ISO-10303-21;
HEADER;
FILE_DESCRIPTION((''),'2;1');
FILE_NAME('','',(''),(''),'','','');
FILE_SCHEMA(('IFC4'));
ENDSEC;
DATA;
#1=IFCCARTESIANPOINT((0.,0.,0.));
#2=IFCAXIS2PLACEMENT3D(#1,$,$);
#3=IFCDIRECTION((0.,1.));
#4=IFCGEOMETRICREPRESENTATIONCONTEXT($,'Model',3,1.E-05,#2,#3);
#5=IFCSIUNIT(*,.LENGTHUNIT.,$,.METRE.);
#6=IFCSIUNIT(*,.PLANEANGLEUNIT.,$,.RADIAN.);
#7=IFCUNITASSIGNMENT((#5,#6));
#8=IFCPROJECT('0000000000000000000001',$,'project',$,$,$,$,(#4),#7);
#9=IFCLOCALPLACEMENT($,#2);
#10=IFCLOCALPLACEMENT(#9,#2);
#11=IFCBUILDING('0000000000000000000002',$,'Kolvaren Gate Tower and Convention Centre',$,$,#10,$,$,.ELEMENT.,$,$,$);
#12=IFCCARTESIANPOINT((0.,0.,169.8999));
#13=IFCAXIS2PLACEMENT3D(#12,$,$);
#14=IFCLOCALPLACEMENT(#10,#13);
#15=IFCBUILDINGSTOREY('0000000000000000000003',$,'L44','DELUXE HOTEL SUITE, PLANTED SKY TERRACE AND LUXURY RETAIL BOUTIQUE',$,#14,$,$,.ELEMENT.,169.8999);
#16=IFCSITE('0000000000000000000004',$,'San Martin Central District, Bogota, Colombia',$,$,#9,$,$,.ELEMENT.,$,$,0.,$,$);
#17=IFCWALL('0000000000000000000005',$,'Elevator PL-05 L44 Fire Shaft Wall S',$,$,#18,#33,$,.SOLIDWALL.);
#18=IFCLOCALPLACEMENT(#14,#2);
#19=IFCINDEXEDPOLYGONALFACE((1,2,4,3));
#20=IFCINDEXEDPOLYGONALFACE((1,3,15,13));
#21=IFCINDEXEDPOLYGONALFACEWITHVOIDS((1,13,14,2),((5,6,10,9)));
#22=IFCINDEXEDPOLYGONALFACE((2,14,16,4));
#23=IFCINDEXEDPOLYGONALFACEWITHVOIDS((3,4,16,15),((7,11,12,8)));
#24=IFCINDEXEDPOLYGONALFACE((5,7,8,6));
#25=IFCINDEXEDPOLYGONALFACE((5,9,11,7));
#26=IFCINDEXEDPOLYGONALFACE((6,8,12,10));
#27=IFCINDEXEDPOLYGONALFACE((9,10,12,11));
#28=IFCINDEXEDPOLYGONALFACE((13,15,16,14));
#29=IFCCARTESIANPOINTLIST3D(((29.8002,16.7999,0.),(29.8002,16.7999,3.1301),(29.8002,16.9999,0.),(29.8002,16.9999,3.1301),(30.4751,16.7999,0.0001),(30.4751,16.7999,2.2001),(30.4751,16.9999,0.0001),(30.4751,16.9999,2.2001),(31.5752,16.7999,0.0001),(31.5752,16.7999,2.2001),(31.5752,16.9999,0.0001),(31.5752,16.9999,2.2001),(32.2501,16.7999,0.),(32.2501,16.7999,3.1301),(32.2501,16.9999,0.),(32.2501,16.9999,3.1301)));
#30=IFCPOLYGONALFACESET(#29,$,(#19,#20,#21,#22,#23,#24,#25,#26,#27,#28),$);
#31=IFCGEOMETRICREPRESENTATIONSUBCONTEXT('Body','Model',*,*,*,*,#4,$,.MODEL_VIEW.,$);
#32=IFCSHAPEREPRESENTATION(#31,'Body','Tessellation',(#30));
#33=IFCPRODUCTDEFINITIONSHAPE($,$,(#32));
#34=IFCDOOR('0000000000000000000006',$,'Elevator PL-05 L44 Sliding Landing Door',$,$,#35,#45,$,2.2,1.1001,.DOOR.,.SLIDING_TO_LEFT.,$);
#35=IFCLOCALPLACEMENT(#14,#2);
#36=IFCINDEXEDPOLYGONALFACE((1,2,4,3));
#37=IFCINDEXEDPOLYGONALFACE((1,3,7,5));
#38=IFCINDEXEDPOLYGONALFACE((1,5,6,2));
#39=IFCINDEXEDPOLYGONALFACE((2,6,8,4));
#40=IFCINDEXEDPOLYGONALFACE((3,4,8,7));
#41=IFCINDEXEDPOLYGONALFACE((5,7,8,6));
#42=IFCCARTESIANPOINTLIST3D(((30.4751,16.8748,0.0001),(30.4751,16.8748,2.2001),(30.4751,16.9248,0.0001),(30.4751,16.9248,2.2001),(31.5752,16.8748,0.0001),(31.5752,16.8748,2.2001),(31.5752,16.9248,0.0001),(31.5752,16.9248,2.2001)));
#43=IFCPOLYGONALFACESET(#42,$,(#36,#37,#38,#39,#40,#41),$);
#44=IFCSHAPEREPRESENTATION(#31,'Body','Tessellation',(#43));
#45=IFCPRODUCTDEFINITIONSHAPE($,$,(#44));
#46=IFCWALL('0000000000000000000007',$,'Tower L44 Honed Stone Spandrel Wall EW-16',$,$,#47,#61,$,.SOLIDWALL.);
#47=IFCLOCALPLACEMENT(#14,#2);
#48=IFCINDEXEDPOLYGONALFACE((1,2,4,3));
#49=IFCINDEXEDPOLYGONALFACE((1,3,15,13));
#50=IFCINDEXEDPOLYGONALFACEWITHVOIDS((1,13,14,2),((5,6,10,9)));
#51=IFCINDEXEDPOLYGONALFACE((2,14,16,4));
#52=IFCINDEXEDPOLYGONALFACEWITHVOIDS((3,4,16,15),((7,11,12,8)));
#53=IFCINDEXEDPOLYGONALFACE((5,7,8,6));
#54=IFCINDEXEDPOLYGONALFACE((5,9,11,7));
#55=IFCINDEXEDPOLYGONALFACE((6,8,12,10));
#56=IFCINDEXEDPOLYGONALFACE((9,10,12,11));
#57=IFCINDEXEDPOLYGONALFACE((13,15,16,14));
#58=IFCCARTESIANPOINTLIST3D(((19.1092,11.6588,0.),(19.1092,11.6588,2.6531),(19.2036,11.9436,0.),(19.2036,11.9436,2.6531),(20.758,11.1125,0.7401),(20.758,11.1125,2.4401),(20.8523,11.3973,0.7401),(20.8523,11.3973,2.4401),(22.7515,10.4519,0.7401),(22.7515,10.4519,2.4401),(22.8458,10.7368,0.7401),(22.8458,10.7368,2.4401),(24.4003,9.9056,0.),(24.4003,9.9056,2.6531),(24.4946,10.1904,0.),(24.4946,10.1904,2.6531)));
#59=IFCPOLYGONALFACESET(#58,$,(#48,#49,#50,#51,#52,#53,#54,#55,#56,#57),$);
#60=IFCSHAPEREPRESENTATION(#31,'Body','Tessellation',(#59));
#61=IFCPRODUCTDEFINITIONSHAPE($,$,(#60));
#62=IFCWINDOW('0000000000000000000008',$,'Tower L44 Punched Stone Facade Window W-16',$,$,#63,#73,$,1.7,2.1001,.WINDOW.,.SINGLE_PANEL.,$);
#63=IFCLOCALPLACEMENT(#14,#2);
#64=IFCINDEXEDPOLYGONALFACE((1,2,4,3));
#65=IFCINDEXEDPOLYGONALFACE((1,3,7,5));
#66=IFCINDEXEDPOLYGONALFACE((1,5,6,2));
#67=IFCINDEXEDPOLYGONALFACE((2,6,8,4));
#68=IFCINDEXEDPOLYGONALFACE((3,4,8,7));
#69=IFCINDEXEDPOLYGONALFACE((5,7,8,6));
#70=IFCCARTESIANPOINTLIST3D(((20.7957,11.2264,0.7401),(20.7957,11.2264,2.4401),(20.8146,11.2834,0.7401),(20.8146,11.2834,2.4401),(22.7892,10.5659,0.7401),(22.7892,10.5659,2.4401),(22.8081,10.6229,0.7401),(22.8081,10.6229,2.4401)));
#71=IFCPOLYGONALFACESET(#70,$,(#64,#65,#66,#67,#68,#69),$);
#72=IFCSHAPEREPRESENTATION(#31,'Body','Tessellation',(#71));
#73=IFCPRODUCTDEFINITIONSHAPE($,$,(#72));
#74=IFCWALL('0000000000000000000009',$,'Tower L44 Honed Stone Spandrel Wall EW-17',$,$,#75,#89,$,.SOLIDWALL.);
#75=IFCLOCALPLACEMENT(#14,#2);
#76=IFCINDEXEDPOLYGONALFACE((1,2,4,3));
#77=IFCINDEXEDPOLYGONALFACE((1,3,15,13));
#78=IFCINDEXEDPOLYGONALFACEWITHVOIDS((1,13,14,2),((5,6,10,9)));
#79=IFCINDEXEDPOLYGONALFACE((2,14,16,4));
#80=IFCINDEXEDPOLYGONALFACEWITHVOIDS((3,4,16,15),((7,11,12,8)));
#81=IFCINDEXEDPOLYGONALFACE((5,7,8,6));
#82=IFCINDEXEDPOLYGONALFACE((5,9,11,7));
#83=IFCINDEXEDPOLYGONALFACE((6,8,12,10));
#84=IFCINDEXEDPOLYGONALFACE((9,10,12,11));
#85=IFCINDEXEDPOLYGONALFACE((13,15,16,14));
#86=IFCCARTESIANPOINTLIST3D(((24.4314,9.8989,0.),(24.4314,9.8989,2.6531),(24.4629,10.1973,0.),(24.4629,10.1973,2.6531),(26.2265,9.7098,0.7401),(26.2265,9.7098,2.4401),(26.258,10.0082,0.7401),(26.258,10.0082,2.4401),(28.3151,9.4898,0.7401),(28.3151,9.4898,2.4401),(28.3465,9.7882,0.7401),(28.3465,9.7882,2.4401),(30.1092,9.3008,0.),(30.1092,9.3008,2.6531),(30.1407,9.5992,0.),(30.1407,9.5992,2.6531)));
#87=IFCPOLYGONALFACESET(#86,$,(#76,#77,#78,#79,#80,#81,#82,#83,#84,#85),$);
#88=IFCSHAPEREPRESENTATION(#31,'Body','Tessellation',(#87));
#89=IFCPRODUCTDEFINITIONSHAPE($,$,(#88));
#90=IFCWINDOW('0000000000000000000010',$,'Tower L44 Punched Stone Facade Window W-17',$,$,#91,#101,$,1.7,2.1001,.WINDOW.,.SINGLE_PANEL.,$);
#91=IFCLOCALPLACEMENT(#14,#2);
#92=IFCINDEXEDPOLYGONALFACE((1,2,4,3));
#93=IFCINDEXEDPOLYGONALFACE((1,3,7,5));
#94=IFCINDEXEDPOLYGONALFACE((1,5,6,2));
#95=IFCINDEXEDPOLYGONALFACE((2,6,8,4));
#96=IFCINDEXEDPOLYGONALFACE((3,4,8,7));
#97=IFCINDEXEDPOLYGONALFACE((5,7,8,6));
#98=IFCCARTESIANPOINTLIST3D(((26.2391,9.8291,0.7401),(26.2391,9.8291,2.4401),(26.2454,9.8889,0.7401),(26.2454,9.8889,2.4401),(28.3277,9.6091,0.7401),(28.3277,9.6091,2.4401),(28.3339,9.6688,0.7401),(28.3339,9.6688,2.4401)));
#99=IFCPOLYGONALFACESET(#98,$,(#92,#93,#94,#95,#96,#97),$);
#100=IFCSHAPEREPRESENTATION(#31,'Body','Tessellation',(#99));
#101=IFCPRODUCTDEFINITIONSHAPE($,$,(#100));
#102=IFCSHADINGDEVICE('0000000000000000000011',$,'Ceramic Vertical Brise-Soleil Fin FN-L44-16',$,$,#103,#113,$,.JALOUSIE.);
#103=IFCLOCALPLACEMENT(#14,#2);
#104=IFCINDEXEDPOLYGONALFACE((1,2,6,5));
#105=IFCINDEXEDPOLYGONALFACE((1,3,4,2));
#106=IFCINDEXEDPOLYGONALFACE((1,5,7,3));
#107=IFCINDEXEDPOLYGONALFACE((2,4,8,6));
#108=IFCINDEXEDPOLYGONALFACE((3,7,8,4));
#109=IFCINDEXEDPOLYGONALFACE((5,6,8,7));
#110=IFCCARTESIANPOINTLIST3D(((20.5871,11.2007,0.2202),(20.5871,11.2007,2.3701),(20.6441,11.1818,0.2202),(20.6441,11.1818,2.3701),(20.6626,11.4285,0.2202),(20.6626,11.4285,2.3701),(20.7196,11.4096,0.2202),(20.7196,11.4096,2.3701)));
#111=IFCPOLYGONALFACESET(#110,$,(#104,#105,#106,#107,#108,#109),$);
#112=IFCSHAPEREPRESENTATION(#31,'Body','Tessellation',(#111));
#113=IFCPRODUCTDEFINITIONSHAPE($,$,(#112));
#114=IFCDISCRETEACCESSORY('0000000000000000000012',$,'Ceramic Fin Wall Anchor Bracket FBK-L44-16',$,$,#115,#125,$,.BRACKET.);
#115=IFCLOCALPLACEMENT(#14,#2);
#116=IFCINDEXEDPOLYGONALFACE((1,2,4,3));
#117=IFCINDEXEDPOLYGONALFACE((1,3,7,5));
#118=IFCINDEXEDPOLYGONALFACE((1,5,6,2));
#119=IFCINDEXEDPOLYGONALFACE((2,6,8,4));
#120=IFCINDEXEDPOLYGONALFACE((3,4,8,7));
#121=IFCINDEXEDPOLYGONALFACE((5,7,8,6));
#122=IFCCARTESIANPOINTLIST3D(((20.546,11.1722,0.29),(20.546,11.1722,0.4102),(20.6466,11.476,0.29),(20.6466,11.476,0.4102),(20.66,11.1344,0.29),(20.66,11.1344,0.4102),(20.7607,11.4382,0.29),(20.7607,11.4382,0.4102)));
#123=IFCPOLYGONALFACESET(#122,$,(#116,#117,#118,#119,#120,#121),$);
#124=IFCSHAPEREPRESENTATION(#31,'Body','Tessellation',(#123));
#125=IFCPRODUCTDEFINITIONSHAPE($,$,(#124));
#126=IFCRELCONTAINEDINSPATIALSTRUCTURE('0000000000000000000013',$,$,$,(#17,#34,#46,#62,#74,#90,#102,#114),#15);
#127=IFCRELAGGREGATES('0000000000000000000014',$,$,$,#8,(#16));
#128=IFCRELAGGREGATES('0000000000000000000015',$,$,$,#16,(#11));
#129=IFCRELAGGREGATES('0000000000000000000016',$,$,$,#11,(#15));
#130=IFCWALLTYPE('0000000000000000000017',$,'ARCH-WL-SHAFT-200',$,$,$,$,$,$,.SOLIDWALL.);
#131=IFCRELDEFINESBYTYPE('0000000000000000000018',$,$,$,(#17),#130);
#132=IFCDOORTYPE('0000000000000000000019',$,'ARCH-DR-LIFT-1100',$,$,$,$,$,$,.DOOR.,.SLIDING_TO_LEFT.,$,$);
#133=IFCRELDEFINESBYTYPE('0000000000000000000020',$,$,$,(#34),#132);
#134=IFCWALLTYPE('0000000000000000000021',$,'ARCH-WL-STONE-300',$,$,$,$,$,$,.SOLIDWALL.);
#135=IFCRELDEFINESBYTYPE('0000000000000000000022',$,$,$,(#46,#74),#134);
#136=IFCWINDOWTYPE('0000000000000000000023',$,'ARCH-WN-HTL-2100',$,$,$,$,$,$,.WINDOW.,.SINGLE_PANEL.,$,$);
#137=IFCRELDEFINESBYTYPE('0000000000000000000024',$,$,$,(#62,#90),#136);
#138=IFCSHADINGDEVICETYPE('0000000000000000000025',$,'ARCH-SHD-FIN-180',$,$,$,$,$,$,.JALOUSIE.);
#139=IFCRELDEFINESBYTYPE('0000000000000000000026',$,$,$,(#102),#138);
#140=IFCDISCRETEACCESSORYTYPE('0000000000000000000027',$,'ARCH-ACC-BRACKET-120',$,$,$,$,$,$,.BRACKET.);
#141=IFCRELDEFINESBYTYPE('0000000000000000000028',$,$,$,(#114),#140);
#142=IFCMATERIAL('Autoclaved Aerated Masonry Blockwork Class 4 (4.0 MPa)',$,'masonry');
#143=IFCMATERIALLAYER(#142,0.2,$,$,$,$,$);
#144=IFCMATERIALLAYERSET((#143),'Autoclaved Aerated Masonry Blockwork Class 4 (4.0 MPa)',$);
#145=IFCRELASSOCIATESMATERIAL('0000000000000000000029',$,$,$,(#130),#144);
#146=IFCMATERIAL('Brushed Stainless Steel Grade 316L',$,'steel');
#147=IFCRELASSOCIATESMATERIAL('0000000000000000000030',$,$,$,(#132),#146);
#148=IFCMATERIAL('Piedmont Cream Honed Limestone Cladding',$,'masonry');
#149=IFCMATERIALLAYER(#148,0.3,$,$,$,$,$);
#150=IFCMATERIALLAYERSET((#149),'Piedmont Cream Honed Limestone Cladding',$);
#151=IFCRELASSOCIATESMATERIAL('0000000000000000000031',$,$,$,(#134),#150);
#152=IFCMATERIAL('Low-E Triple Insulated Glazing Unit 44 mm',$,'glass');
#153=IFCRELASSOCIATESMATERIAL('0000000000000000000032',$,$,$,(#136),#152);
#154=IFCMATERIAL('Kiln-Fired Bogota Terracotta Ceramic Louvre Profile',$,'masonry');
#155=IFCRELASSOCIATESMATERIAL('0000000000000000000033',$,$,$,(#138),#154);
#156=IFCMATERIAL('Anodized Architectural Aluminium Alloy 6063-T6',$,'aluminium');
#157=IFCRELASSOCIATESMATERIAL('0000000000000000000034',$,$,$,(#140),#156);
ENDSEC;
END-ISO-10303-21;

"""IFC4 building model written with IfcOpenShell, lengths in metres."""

from ifc_helpers import new_model, si_unit, direction, frame, frame_2d, origin, origin_2d, place, context, subcontext, project, spatial, rectangle, extrude, material, layer, layer_set, type_object, element, fill, save


model = new_model("IFC4")

# Units and contexts
model_context = context("Model", 3, precision=1e-05, world=origin(), true_north=direction((0.0, 1.0)))
body_context = subcontext(model_context, "Body", "Model", "MODEL_VIEW")
ifc_project = project(units=[si_unit("LENGTHUNIT", "METRE"), si_unit("PLANEANGLEUNIT", "RADIAN")], contexts=[model_context])

# Site, building, storey
site_placement = place(None, origin())
site = spatial("IfcSite", under=ifc_project, at=site_placement, Name="San Martin Central District, Bogota, Colombia", CompositionType="ELEMENT", RefElevation=0.0)
building_placement = place(site_placement, origin())
building = spatial("IfcBuilding", under=site, at=building_placement, Name="Kolvaren Gate Tower and Convention Centre", CompositionType="ELEMENT")
storey_placement = place(building_placement, frame((0.0, 0.0, 169.8999)))
storey = spatial("IfcBuildingStorey", under=building, at=storey_placement, Name="L44", Description="DELUXE HOTEL SUITE, PLANTED SKY TERRACE AND LUXURY RETAIL BOUTIQUE", CompositionType="ELEMENT", Elevation=169.8999)

# Shared definitions
ifc_material_1 = material(Name="Piedmont Cream Honed Limestone Cladding", Category="masonry")

# Wall, opening, door
ifc_material_2 = material(Name="Autoclaved Aerated Masonry Blockwork Class 4 (4.0 MPa)", Category="masonry")
ifc_layer_1 = layer(ifc_material_2, 0.2)
ifc_layer_set_1 = layer_set([ifc_layer_1], Name="Autoclaved Aerated Masonry Blockwork Class 4 (4.0 MPa)")
wall_type_1 = type_object("IfcWallType", Name="ARCH-WL-SHAFT-200", PredefinedType="SOLIDWALL", material=ifc_layer_set_1)
ifc_material_3 = material(Name="Brushed Stainless Steel Grade 316L", Category="steel")
door_type_1 = type_object("IfcDoorType", Name="ARCH-DR-LIFT-1100", OperationType="SLIDING_TO_LEFT", PredefinedType="DOOR", material=ifc_material_3)
wall_1_placement = place(storey_placement, frame((29.8, 16.8999, 0.0), z_axis=(0.0, 0.0, 1.0), x_axis=(1.0, 0.0, 0.0)))
wall_1 = element("IfcWall", 1, at=wall_1_placement, inside=storey, type_object=wall_type_1, Name="Elevator PL-05 L44 Fire Shaft Wall S", PredefinedType="SOLIDWALL", context=body_context, shape_type="SweptSolid", body=[
    extrude(rectangle(XDim=2.45, YDim=0.2, at=frame_2d((1.2251, 0.0))), origin(), (0.0, 0.0, 1.0), 3.1301),
])
opening_1_placement = place(wall_1_placement, frame((0.675, 0.0, 0.0)))
opening_1 = element("IfcOpeningElement", 2, at=opening_1_placement, cuts=wall_1, PredefinedType="OPENING", context=body_context, shape_type="SweptSolid", body=[
    extrude(rectangle(XDim=1.1001, YDim=2.2, at=frame_2d((0.55, 1.1001))), frame((0.0, 0.1099, 0.0), z_axis=(0.0, -1.0, 0.0), x_axis=(1.0, 0.0, 0.0)), (0.0, 0.0, 1.0), 0.22),
])
door_1_placement = place(opening_1_placement, origin())
door_1 = element("IfcDoor", 3, at=door_1_placement, inside=storey, type_object=door_type_1, Name="Elevator PL-05 L44 Sliding Landing Door", OperationType="SLIDING_TO_LEFT", OverallHeight=2.2, OverallWidth=1.1001, PredefinedType="DOOR", context=body_context, shape_type="SweptSolid", body=[
    extrude(rectangle(XDim=1.1001, YDim=2.2, at=frame_2d((0.55, 1.1001))), frame((0.0, 0.0249, 0.0), z_axis=(0.0, -1.0, 0.0), x_axis=(1.0, 0.0, 0.0)), (0.0, 0.0, 1.0), 0.05),
])
fill(opening_1, door_1)

# Walls, openings, windows
ifc_layer_2 = layer(ifc_material_1, 0.3)
ifc_layer_set_2 = layer_set([ifc_layer_2], Name="Piedmont Cream Honed Limestone Cladding")
wall_type_2 = type_object("IfcWallType", Name="ARCH-WL-STONE-300", PredefinedType="SOLIDWALL", material=ifc_layer_set_2)
wall_2_placement = place(storey_placement, frame((19.1562, 11.8013, 0.0), z_axis=(0.0, 0.0, 1.0), x_axis=(0.949247, -0.314532, 0.0)))
wall_2 = element("IfcWall", 4, at=wall_2_placement, inside=storey, type_object=wall_type_2, Name="Tower L44 Honed Stone Spandrel Wall EW-16", PredefinedType="SOLIDWALL", context=body_context, shape_type="SweptSolid", body=[
    extrude(rectangle(XDim=5.574, YDim=0.3, at=frame_2d((2.7871, 0.0))), origin(), (0.0, 0.0, 1.0), 2.6531),
])
opening_2_placement = place(wall_2_placement, frame((1.7371, 0.0, 0.74)))
opening_2 = element("IfcOpeningElement", 5, at=opening_2_placement, cuts=wall_2, PredefinedType="OPENING", context=body_context, shape_type="SweptSolid", body=[
    extrude(rectangle(XDim=2.1001, YDim=1.7, at=frame_2d((1.05, 0.8501))), frame((0.0, 0.1599, 0.0), z_axis=(0.0, -1.0, 0.0), x_axis=(1.0, 0.0, 0.0)), (0.0, 0.0, 1.0), 0.3201),
])
ifc_material_4 = material(Name="Low-E Triple Insulated Glazing Unit 44 mm", Category="glass")
window_type = type_object("IfcWindowType", Name="ARCH-WN-HTL-2100", PartitioningType="SINGLE_PANEL", PredefinedType="WINDOW", material=ifc_material_4)
window_1_placement = place(opening_2_placement, origin())
window_1 = element("IfcWindow", 6, at=window_1_placement, inside=storey, type_object=window_type, Name="Tower L44 Punched Stone Facade Window W-16", OverallHeight=1.7, OverallWidth=2.1001, PartitioningType="SINGLE_PANEL", PredefinedType="WINDOW", context=body_context, shape_type="SweptSolid", body=[
    extrude(rectangle(XDim=2.1001, YDim=1.7, at=frame_2d((1.05, 0.8501))), frame((0.0, 0.03, 0.0), z_axis=(0.0, -1.0, 0.0), x_axis=(1.0, 0.0, 0.0)), (0.0, 0.0, 1.0), 0.0601),
])
fill(opening_2, window_1)
wall_3_placement = place(storey_placement, frame((24.4473, 10.0481, 0.0), z_axis=(0.0, 0.0, 1.0), x_axis=(0.994497, -0.104769, 0.0)))
wall_3 = element("IfcWall", 7, at=wall_3_placement, inside=storey, type_object=wall_type_2, Name="Tower L44 Honed Stone Spandrel Wall EW-17", PredefinedType="SOLIDWALL", context=body_context, shape_type="SweptSolid", body=[
    extrude(rectangle(XDim=5.7092, YDim=0.3, at=frame_2d((2.8545, 0.0))), origin(), (0.0, 0.0, 1.0), 2.6531),
])
opening_3_placement = place(wall_3_placement, frame((1.8049, 0.0, 0.74)))
opening_3 = element("IfcOpeningElement", 8, at=opening_3_placement, cuts=wall_3, PredefinedType="OPENING", context=body_context, shape_type="SweptSolid", body=[
    extrude(rectangle(XDim=2.1001, YDim=1.7, at=frame_2d((1.05, 0.8501))), frame((0.0, 0.1599, 0.0), z_axis=(0.0, -1.0, 0.0), x_axis=(1.0, 0.0, 0.0)), (0.0, 0.0, 1.0), 0.3201),
])
window_2_placement = place(opening_3_placement, origin())
window_2 = element("IfcWindow", 9, at=window_2_placement, inside=storey, type_object=window_type, Name="Tower L44 Punched Stone Facade Window W-17", OverallHeight=1.7, OverallWidth=2.1001, PartitioningType="SINGLE_PANEL", PredefinedType="WINDOW", context=body_context, shape_type="SweptSolid", body=[
    extrude(rectangle(XDim=2.1001, YDim=1.7, at=frame_2d((1.05, 0.8501))), frame((0.0, 0.03, 0.0), z_axis=(0.0, -1.0, 0.0), x_axis=(1.0, 0.0, 0.0)), (0.0, 0.0, 1.0), 0.0601),
])
fill(opening_3, window_2)

# Shading device
ifc_material_5 = material(Name="Kiln-Fired Bogota Terracotta Ceramic Louvre Profile", Category="masonry")
shading_device_type = type_object("IfcShadingDeviceType", Name="ARCH-SHD-FIN-180", PredefinedType="JALOUSIE", material=ifc_material_5)
shading_device_placement = place(storey_placement, frame((20.6533, 11.3052, 0.2202), z_axis=(0.0, 0.0, 1.0), x_axis=(0.94924, -0.314554, 0.0)))
element("IfcShadingDevice", 10, at=shading_device_placement, inside=storey, type_object=shading_device_type, Name="Ceramic Vertical Brise-Soleil Fin FN-L44-16", PredefinedType="JALOUSIE", context=body_context, shape_type="SweptSolid", body=[
    extrude(rectangle(XDim=0.0601, YDim=0.24, at=origin_2d()), origin(), (0.0, 0.0, 1.0), 2.1499),
])

# Discrete accessory
ifc_material_6 = material(Name="Anodized Architectural Aluminium Alloy 6063-T6", Category="aluminium")
discrete_accessory_type = type_object("IfcDiscreteAccessoryType", Name="ARCH-ACC-BRACKET-120", PredefinedType="BRACKET", material=ifc_material_6)
discrete_accessory_placement = place(storey_placement, frame((20.6533, 11.3052, 0.29), z_axis=(0.0, 0.0, 1.0), x_axis=(0.94924, -0.314554, 0.0)))
element("IfcDiscreteAccessory", 11, at=discrete_accessory_placement, inside=storey, type_object=discrete_accessory_type, Name="Ceramic Fin Wall Anchor Bracket FBK-L44-16", PredefinedType="BRACKET", context=body_context, shape_type="SweptSolid", body=[
    extrude(rectangle(XDim=0.1201, YDim=0.3201, at=origin_2d()), origin(), (0.0, 0.0, 1.0), 0.1201),
])

save(model, "model.ifc")
